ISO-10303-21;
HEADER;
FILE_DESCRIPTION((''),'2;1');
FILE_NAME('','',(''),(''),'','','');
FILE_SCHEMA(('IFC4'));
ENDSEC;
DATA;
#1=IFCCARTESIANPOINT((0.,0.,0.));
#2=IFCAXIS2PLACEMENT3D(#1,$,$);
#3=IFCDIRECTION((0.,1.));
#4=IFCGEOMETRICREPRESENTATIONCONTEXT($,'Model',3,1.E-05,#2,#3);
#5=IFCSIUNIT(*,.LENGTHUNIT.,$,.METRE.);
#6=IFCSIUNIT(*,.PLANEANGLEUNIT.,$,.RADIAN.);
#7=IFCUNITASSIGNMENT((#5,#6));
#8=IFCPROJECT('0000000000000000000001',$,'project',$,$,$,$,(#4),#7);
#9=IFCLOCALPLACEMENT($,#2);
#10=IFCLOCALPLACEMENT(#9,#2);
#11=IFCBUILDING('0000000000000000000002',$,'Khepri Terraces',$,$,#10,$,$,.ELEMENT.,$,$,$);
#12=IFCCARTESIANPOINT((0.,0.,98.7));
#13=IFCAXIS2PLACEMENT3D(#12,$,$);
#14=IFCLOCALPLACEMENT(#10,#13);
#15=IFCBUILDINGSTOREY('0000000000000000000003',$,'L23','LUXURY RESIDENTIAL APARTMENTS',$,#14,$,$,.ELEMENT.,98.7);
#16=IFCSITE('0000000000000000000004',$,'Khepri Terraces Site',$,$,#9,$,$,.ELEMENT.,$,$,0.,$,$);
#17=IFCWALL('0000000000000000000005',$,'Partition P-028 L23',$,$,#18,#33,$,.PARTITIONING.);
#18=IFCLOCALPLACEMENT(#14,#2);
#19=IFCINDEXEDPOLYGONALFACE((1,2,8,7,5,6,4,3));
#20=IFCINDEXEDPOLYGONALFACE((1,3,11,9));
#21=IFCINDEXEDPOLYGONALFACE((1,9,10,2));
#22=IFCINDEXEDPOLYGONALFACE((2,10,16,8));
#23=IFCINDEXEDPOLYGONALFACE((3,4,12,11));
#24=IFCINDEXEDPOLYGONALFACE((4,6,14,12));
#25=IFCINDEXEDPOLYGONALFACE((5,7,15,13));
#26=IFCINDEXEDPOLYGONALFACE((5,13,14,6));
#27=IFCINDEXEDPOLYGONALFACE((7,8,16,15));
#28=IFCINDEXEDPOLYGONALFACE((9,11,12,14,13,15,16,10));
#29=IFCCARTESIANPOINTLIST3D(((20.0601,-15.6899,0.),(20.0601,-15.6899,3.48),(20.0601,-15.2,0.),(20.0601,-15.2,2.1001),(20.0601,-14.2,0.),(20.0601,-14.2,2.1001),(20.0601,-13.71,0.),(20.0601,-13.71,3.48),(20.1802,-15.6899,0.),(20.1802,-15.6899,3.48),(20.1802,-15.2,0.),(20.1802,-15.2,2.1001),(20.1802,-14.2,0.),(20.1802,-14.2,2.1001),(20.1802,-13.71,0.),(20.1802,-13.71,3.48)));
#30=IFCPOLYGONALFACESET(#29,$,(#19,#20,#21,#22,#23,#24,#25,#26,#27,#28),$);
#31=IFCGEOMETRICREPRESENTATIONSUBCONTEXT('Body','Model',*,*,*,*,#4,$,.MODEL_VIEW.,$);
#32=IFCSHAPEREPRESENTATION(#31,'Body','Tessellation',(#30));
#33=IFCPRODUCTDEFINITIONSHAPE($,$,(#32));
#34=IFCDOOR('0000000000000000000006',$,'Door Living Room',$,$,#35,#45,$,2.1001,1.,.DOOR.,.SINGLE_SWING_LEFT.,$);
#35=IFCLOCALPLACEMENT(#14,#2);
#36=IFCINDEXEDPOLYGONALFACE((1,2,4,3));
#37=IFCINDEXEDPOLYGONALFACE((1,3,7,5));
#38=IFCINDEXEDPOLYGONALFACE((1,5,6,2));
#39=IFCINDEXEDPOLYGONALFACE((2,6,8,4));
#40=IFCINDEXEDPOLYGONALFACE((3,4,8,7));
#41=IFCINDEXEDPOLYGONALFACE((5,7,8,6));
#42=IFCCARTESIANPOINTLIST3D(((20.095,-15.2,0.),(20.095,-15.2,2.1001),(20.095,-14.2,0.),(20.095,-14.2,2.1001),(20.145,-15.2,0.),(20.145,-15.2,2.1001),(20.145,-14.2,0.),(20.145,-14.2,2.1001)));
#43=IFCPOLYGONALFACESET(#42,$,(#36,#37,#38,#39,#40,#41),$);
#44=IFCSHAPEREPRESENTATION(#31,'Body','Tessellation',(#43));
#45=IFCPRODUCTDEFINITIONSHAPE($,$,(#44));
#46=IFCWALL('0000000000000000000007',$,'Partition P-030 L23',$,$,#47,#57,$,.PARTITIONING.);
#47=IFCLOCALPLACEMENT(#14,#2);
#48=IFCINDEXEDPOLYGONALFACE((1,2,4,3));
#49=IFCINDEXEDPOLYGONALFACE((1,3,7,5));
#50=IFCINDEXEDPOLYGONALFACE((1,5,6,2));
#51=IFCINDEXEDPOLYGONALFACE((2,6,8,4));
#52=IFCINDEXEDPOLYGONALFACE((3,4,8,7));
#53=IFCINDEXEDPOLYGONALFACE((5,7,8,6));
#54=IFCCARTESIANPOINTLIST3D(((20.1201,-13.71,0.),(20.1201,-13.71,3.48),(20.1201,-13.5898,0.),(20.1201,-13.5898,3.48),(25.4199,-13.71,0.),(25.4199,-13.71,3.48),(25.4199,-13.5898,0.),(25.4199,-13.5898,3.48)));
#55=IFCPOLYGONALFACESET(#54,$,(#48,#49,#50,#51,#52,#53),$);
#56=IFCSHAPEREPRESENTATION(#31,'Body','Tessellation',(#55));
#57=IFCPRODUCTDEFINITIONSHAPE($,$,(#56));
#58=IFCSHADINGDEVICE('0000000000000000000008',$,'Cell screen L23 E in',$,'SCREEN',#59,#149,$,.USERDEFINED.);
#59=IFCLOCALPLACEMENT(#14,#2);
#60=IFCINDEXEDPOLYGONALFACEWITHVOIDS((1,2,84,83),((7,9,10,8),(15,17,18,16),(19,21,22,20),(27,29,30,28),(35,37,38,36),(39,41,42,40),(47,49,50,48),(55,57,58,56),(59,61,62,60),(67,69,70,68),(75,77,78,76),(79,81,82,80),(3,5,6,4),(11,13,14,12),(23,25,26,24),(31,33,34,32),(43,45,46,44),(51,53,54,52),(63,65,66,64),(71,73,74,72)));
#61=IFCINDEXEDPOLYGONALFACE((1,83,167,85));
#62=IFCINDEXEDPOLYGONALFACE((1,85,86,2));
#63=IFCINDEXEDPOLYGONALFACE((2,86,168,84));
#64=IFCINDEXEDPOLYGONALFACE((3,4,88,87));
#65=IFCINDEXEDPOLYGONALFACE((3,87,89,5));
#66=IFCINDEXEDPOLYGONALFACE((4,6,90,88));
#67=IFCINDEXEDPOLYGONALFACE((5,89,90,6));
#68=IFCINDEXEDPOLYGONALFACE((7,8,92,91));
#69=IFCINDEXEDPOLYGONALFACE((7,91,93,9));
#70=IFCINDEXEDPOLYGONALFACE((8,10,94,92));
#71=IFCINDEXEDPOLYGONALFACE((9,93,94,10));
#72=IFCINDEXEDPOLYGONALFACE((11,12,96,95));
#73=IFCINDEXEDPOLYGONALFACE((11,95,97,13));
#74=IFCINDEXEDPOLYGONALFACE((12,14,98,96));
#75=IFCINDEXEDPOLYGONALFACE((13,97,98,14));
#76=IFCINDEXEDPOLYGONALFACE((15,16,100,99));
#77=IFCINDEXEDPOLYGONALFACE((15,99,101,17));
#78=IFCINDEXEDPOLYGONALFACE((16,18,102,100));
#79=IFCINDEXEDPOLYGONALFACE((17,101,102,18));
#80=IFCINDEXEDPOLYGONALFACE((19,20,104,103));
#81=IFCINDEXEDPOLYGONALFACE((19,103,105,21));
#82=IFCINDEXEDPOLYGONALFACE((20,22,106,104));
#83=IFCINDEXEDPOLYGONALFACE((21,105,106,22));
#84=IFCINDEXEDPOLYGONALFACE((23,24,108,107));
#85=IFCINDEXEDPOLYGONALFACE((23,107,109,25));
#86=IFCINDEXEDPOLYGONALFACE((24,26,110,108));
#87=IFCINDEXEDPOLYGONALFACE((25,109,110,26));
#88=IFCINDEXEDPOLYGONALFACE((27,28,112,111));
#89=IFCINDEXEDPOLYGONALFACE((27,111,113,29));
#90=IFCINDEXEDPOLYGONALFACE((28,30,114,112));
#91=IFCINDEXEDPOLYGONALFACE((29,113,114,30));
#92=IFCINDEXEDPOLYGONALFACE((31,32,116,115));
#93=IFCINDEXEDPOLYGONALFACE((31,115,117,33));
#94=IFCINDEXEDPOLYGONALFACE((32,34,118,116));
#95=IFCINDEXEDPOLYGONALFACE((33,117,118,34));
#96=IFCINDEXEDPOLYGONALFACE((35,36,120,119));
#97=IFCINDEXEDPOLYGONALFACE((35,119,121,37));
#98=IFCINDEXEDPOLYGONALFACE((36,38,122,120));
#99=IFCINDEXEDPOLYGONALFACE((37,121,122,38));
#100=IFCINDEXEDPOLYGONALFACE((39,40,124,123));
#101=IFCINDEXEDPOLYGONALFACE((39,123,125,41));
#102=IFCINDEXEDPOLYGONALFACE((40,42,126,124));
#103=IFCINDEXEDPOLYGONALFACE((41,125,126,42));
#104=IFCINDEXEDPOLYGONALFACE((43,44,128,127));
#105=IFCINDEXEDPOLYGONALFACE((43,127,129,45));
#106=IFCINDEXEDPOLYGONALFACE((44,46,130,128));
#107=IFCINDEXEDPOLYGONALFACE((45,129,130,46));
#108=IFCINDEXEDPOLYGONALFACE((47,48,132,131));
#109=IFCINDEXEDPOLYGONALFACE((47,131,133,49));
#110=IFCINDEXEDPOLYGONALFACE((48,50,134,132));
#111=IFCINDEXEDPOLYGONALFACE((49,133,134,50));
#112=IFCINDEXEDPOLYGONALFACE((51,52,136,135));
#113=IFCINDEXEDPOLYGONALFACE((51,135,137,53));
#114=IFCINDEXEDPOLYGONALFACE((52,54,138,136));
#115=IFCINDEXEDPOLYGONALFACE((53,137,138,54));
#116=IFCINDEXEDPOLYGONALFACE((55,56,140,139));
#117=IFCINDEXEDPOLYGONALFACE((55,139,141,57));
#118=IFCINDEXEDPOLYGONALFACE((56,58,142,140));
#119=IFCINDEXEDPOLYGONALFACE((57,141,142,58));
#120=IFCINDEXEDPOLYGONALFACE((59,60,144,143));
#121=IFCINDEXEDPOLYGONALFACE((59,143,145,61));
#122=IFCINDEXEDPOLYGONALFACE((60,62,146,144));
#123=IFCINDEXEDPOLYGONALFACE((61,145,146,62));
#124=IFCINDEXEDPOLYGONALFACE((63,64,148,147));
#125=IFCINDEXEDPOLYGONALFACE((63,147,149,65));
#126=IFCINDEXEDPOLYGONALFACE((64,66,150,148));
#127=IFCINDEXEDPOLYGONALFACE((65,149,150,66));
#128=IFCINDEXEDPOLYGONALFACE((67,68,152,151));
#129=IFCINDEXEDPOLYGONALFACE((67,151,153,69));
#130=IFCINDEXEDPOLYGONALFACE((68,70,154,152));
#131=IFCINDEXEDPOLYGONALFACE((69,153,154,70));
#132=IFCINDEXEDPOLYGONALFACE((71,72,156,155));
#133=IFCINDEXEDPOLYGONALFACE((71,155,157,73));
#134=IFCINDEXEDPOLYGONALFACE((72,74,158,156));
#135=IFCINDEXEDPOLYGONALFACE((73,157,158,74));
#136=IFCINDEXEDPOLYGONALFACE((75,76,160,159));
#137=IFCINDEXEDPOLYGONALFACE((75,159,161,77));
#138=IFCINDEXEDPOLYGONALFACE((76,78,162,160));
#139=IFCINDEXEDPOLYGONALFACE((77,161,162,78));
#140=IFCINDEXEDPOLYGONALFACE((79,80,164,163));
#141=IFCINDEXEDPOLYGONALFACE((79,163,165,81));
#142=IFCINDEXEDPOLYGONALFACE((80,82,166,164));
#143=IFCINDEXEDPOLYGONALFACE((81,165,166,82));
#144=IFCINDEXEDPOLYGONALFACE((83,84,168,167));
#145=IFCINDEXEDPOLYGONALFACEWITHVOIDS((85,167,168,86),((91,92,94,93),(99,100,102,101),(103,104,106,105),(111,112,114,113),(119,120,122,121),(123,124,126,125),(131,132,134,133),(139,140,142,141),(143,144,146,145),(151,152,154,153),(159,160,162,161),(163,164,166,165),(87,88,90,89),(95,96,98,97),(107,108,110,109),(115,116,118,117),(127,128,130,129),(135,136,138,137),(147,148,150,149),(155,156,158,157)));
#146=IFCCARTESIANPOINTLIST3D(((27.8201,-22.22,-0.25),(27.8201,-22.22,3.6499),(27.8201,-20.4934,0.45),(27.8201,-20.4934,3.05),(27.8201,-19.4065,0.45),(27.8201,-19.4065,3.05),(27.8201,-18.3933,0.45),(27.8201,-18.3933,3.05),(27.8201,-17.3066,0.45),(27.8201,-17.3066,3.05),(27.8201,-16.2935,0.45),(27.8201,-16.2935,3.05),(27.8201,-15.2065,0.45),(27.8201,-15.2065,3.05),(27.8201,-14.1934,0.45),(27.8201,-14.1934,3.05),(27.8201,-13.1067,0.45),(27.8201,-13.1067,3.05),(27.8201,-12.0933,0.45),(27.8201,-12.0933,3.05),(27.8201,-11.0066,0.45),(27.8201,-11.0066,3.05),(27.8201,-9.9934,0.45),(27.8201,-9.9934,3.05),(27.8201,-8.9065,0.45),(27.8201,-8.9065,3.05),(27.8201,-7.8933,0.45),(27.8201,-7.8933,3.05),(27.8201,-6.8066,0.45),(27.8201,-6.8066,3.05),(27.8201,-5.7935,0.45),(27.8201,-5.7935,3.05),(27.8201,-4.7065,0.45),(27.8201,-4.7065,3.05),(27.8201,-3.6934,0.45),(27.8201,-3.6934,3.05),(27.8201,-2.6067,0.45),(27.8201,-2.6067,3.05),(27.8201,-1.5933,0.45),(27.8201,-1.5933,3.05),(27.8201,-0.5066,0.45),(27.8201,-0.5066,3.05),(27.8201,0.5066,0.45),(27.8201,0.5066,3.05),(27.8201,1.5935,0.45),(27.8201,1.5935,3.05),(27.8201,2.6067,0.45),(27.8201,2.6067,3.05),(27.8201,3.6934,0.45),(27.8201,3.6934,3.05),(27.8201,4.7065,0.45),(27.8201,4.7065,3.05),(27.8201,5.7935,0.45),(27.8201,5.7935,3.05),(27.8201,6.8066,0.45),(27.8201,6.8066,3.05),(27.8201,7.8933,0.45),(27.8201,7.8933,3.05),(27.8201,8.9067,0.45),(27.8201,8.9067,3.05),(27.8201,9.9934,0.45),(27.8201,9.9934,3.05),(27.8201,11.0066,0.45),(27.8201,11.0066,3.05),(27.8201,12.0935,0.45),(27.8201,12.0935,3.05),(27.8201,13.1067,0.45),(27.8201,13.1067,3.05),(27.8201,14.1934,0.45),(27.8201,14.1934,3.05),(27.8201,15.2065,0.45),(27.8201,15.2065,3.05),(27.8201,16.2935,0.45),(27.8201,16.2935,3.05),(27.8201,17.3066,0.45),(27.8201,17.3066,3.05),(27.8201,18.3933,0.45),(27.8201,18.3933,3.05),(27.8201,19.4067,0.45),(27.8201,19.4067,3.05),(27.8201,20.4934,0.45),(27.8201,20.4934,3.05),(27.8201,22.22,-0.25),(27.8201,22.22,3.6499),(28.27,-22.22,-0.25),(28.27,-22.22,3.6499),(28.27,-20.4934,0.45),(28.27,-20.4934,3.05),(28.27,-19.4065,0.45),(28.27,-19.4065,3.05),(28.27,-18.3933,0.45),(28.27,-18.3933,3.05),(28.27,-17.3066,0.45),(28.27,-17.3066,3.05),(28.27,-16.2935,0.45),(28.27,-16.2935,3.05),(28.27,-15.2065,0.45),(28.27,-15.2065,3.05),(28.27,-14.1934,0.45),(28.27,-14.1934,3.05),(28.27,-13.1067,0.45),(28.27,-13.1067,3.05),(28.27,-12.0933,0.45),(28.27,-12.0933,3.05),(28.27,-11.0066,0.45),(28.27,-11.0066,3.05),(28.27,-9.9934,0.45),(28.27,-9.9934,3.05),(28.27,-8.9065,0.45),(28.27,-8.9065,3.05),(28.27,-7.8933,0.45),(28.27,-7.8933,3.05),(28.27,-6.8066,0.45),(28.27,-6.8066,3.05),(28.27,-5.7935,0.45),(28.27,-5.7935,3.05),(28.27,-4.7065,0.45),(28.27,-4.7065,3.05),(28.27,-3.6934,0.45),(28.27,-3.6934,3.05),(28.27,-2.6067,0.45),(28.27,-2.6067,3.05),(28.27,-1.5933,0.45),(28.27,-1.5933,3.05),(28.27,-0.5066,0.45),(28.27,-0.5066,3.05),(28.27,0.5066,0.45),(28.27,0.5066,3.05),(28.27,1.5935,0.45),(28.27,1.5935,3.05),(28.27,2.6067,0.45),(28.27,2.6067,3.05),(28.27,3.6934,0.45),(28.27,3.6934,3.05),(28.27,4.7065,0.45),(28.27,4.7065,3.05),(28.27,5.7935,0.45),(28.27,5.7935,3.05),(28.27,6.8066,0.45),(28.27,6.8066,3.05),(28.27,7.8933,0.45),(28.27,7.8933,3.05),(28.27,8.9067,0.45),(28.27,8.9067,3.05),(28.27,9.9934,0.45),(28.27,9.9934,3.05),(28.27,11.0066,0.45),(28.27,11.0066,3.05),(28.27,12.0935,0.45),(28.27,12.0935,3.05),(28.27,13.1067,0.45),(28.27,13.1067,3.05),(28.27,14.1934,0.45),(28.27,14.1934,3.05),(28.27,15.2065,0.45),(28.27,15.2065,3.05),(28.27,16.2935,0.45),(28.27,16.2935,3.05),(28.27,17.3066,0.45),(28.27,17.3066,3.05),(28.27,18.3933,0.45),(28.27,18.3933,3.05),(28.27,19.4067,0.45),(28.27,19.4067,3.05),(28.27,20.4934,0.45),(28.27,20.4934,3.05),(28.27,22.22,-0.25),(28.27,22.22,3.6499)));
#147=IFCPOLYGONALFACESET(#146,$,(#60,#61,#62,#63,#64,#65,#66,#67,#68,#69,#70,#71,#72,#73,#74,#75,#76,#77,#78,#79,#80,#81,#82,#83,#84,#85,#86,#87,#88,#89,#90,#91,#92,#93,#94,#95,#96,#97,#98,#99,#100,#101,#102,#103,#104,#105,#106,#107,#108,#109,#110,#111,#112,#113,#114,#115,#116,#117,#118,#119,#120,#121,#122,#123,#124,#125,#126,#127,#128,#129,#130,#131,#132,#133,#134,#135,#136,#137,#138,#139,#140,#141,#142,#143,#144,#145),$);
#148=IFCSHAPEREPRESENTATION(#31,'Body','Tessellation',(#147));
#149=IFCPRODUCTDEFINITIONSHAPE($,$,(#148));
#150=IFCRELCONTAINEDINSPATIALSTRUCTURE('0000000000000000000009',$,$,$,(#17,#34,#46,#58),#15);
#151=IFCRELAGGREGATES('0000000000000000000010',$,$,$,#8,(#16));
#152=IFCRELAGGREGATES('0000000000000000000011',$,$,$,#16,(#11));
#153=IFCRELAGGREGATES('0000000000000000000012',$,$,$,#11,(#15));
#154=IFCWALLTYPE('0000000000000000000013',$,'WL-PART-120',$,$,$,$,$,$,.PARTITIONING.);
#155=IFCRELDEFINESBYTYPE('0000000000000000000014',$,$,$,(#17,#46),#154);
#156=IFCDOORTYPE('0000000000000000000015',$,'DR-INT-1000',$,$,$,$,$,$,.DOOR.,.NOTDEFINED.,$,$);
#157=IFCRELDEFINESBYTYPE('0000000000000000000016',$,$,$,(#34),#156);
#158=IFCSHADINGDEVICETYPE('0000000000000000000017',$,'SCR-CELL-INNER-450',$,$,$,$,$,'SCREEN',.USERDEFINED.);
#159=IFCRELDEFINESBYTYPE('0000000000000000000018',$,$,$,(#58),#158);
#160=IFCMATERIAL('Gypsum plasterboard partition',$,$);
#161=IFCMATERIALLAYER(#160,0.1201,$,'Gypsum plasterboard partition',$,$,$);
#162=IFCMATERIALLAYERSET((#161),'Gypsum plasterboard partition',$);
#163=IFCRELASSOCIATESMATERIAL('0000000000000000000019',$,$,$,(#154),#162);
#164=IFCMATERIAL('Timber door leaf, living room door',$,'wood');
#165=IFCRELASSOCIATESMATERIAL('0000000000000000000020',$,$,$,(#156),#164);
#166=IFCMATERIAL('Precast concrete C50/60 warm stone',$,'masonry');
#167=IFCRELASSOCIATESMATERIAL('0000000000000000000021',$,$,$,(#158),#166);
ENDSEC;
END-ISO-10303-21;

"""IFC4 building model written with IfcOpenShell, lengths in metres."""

from ifc_helpers import new_model, si_unit, direction, frame, frame_2d, origin, place, context, subcontext, project, spatial, polyline, rectangle, outline, extrude, material, layer, layer_set, type_object, element, fill, save


model = new_model("IFC4")

# Units and contexts
model_context = context("Model", 3, precision=1e-05, world=origin(), true_north=direction((0.0, 1.0)))
body_context = subcontext(model_context, "Body", "Model", "MODEL_VIEW")
ifc_project = project(units=[si_unit("LENGTHUNIT", "METRE"), si_unit("PLANEANGLEUNIT", "RADIAN")], contexts=[model_context])

# Site, building, storey
site_placement = place(None, origin())
site = spatial("IfcSite", under=ifc_project, at=site_placement, Name="Khepri Terraces Site", CompositionType="ELEMENT", RefElevation=0.0)
building_placement = place(site_placement, origin())
building = spatial("IfcBuilding", under=site, at=building_placement, Name="Khepri Terraces", CompositionType="ELEMENT")
storey_placement = place(building_placement, frame((0.0, 0.0, 98.7)))
storey = spatial("IfcBuildingStorey", under=building, at=storey_placement, Name="L23", Description="LUXURY RESIDENTIAL APARTMENTS", CompositionType="ELEMENT", Elevation=98.7)

# Shared definitions
ifc_material_1 = material(Name="Precast concrete C50/60 warm stone", Category="masonry")

# Shared definitions
ifc_material_2 = material(Name="Gypsum plasterboard partition")
ifc_layer_1 = layer(ifc_material_2, 0.1201, Name="Gypsum plasterboard partition")
ifc_layer_set_1 = layer_set([ifc_layer_1], Name="Gypsum plasterboard partition")
wall_type_1 = type_object("IfcWallType", Name="WL-PART-120", PredefinedType="PARTITIONING", material=ifc_layer_set_1)

# Wall, opening, door
ifc_material_3 = material(Name="Timber door leaf, living room door", Category="wood")
door_type_1 = type_object("IfcDoorType", Name="DR-INT-1000", OperationType="NOTDEFINED", PredefinedType="DOOR", material=ifc_material_3)
wall_1_placement = place(storey_placement, frame((20.1201, -15.6899, 0.0), z_axis=(0.0, 0.0, 1.0), x_axis=(0.0, 1.0, 0.0)))
wall_1 = element("IfcWall", 1, at=wall_1_placement, inside=storey, type_object=wall_type_1, Name="Partition P-028 L23", PredefinedType="PARTITIONING", context=body_context, shape_type="SweptSolid", body=[
    extrude(rectangle(XDim=1.98, YDim=0.1201, at=frame_2d((0.99, 0.0))), origin(), (0.0, 0.0, 1.0), 3.48),
])
opening_1_placement = place(wall_1_placement, frame((0.49, 0.0, 0.0)))
opening_1 = element("IfcOpeningElement", 2, at=opening_1_placement, cuts=wall_1, PredefinedType="OPENING", context=body_context, shape_type="SweptSolid", body=[
    extrude(rectangle(XDim=1.0, YDim=2.1001, at=frame_2d((0.5, 1.05))), frame((0.0, 0.0701, 0.0), z_axis=(0.0, -1.0, 0.0), x_axis=(1.0, 0.0, 0.0)), (0.0, 0.0, 1.0), 0.1401),
])
door_1_placement = place(opening_1_placement, frame((1.0, 0.0, 0.0), z_axis=(0.0, 0.0, 1.0), x_axis=(-1.0, 0.0, 0.0)))
door_1 = element("IfcDoor", 3, at=door_1_placement, inside=storey, type_object=door_type_1, Name="Door Living Room", OperationType="SINGLE_SWING_LEFT", OverallHeight=2.1001, OverallWidth=1.0, PredefinedType="DOOR", context=body_context, shape_type="SweptSolid", body=[
    extrude(rectangle(XDim=1.0, YDim=2.1001, at=frame_2d((0.5, 1.05))), frame((0.0, 0.0249, 0.0), z_axis=(0.0, -1.0, 0.0), x_axis=(1.0, 0.0, 0.0)), (0.0, 0.0, 1.0), 0.05),
])
fill(opening_1, door_1)

# Wall
wall_2_placement = place(storey_placement, frame((20.1201, -13.6499, 0.0), z_axis=(0.0, 0.0, 1.0), x_axis=(1.0, 0.0, 0.0)))
element("IfcWall", 4, at=wall_2_placement, inside=storey, type_object=wall_type_1, Name="Partition P-030 L23", PredefinedType="PARTITIONING", context=body_context, shape_type="SweptSolid", body=[
    extrude(rectangle(XDim=5.2998, YDim=0.1201, at=frame_2d((2.6499, 0.0))), origin(), (0.0, 0.0, 1.0), 3.48),
])

# Shading device
shading_device_type_1 = type_object("IfcShadingDeviceType", Name="SCR-CELL-INNER-450", ElementType="SCREEN", PredefinedType="USERDEFINED", material=ifc_material_1)
shading_device_1_placement = place(storey_placement, frame((27.8201, -22.22, -0.25), z_axis=(1.0, 0.0, 0.0), x_axis=(0.0, 1.0, 0.0)))
element("IfcShadingDevice", 5, at=shading_device_1_placement, inside=storey, type_object=shading_device_type_1, Name="Cell screen L23 E in", ObjectType="SCREEN", PredefinedType="USERDEFINED", context=body_context, shape_type="SweptSolid", body=[
    extrude(outline(polyline([(0.0, 0.0), (44.4399, 0.0), (44.4399, 3.8999), (0.0, 3.8999), (0.0, 0.0)]), holes=[polyline([(1.7266, 0.7), (2.8135, 0.7), (2.8135, 3.3), (1.7266, 3.3), (1.7266, 0.7)]), polyline([(3.8267, 0.7), (4.9133, 0.7), (4.9133, 3.3), (3.8267, 3.3), (3.8267, 0.7)]), polyline([(5.9265, 0.7), (7.0134, 0.7), (7.0134, 3.3), (5.9265, 3.3), (5.9265, 0.7)]), polyline([(8.0266, 0.7), (9.1133, 0.7), (9.1133, 3.3), (8.0266, 3.3), (8.0266, 0.7)]), polyline([(10.1267, 0.7), (11.2134, 0.7), (11.2134, 3.3), (10.1267, 3.3), (10.1267, 0.7)]), polyline([(12.2266, 0.7), (13.3135, 0.7), (13.3135, 3.3), (12.2266, 3.3), (12.2266, 0.7)]), polyline([(14.3267, 0.7), (15.4133, 0.7), (15.4133, 3.3), (14.3267, 3.3), (14.3267, 0.7)]), polyline([(16.4265, 0.7), (17.5134, 0.7), (17.5134, 3.3), (16.4265, 3.3), (16.4265, 0.7)]), polyline([(18.5266, 0.7), (19.6133, 0.7), (19.6133, 3.3), (18.5266, 3.3), (18.5266, 0.7)]), polyline([(20.6267, 0.7), (21.7134, 0.7), (21.7134, 3.3), (20.6267, 3.3), (20.6267, 0.7)]), polyline([(22.7266, 0.7), (23.8135, 0.7), (23.8135, 3.3), (22.7266, 3.3), (22.7266, 0.7)]), polyline([(24.8267, 0.7), (25.9133, 0.7), (25.9133, 3.3), (24.8267, 3.3), (24.8267, 0.7)]), polyline([(26.9265, 0.7), (28.0134, 0.7), (28.0134, 3.3), (26.9265, 3.3), (26.9265, 0.7)]), polyline([(29.0266, 0.7), (30.1133, 0.7), (30.1133, 3.3), (29.0266, 3.3), (29.0266, 0.7)]), polyline([(31.1267, 0.7), (32.2134, 0.7), (32.2134, 3.3), (31.1267, 3.3), (31.1267, 0.7)]), polyline([(33.2266, 0.7), (34.3135, 0.7), (34.3135, 3.3), (33.2266, 3.3), (33.2266, 0.7)]), polyline([(35.3267, 0.7), (36.4133, 0.7), (36.4133, 3.3), (35.3267, 3.3), (35.3267, 0.7)]), polyline([(37.4265, 0.7), (38.5134, 0.7), (38.5134, 3.3), (37.4265, 3.3), (37.4265, 0.7)]), polyline([(39.5266, 0.7), (40.6133, 0.7), (40.6133, 3.3), (39.5266, 3.3), (39.5266, 0.7)]), polyline([(41.6267, 0.7), (42.7134, 0.7), (42.7134, 3.3), (41.6267, 3.3), (41.6267, 0.7)])]), origin(), (0.0, 0.0, 1.0), 0.45),
])

save(model, "model.ifc")
